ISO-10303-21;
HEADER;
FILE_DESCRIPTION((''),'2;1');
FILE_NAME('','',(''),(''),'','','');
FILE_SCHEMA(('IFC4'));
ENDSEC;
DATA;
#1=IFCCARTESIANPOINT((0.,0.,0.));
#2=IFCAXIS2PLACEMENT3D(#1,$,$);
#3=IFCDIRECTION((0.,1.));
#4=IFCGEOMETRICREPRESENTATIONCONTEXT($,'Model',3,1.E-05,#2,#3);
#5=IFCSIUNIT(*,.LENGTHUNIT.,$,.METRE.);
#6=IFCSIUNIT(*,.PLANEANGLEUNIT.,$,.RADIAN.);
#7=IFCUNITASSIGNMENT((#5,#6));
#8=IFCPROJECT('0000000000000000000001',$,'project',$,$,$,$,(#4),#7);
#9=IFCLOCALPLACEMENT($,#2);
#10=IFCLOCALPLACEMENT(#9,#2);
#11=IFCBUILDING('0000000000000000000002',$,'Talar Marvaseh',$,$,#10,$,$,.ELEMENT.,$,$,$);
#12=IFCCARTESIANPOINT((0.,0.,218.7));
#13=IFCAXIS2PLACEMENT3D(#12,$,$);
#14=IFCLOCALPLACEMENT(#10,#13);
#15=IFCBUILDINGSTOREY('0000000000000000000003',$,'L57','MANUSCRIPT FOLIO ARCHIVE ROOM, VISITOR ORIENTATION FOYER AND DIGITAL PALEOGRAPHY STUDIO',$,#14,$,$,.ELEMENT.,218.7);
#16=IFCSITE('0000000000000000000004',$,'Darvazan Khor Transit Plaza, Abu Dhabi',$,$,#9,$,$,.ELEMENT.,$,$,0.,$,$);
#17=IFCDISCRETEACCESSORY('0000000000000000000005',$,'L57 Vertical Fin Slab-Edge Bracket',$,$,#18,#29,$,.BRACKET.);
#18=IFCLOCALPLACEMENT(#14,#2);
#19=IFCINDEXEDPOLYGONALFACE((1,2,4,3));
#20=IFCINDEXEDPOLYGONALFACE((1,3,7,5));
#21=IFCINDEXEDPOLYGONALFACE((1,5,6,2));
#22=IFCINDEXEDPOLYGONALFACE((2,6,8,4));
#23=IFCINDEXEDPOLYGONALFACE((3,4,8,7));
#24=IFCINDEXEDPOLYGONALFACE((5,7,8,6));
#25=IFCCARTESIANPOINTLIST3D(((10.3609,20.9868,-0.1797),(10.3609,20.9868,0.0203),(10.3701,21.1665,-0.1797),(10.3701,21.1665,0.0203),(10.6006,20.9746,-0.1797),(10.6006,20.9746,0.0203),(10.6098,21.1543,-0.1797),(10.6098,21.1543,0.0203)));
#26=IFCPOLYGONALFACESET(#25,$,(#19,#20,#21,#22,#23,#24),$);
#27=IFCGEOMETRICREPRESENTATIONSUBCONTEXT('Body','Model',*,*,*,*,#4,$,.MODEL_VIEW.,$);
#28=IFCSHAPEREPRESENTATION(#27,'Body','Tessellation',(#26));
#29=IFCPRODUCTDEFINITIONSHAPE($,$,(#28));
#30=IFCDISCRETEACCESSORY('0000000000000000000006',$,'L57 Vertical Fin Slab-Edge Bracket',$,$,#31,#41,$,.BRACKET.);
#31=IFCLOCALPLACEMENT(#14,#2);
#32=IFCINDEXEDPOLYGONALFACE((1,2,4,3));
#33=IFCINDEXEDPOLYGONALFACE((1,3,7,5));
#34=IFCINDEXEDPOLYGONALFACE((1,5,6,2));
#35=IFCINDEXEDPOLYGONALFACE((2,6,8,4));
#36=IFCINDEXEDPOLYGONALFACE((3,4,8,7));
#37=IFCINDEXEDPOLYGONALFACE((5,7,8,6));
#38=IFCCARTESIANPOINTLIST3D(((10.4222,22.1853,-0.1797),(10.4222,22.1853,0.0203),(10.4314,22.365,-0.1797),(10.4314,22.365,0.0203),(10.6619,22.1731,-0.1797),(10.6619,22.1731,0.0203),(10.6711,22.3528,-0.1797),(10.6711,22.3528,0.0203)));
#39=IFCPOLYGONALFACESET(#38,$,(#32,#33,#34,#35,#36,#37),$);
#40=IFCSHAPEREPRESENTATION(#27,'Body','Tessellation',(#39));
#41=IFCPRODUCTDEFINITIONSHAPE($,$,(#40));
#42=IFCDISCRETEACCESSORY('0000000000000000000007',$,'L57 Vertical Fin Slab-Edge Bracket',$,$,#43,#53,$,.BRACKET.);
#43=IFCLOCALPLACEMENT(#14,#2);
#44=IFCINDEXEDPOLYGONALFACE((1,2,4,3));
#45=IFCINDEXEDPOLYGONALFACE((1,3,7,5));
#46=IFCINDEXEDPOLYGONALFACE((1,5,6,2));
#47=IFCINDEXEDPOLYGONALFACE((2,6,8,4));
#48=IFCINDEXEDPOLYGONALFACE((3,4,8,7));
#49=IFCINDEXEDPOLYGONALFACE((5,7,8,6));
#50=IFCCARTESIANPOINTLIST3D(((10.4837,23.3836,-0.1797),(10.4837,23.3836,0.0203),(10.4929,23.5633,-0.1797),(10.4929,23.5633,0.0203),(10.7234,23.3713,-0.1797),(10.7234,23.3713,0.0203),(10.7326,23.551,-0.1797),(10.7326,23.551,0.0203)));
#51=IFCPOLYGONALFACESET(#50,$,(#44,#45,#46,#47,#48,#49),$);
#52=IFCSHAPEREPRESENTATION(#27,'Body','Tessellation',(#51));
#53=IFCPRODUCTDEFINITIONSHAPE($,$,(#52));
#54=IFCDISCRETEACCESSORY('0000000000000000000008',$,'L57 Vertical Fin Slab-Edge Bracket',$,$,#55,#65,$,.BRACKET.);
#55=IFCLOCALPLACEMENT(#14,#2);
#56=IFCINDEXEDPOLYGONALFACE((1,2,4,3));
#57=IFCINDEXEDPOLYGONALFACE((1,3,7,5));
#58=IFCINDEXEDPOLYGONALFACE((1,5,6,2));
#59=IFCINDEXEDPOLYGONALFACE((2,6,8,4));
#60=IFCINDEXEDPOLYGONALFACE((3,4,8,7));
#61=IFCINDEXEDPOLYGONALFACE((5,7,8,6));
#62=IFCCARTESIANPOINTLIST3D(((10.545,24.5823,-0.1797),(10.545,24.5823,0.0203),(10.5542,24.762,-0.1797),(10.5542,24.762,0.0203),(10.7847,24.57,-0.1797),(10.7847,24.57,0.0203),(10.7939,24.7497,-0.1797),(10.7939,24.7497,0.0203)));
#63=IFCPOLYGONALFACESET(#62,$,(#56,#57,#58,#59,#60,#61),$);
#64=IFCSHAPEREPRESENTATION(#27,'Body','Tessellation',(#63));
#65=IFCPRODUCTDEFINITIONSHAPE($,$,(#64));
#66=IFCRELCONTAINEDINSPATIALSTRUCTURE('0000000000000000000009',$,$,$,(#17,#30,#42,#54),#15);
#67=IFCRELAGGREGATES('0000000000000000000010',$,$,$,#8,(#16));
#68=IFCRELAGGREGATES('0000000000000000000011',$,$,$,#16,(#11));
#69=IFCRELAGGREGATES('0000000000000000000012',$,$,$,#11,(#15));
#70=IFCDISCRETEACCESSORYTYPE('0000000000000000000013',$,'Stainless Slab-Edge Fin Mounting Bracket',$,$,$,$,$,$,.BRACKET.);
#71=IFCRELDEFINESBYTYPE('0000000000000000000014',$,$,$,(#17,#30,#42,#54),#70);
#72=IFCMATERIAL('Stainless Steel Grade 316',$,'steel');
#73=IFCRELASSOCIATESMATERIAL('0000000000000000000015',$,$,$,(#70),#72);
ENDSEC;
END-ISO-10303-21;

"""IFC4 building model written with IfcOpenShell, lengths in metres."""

from ifc_helpers import new_model, si_unit, direction, frame, origin, origin_2d, place, context, subcontext, project, spatial, rectangle, extrude, source, transform, mapped, material, type_object, type_shapes, element, save


model = new_model("IFC4")

# Units and contexts
model_context = context("Model", 3, precision=1e-05, world=origin(), true_north=direction((0.0, 1.0)))
body_context = subcontext(model_context, "Body", "Model", "MODEL_VIEW")
ifc_project = project(units=[si_unit("LENGTHUNIT", "METRE"), si_unit("PLANEANGLEUNIT", "RADIAN")], contexts=[model_context])

# Site, building, storey
site_placement = place(None, origin())
site = spatial("IfcSite", under=ifc_project, at=site_placement, Name="Darvazan Khor Transit Plaza, Abu Dhabi", CompositionType="ELEMENT", RefElevation=0.0)
building_placement = place(site_placement, origin())
building = spatial("IfcBuilding", under=site, at=building_placement, Name="Talar Marvaseh", CompositionType="ELEMENT")
storey_placement = place(building_placement, frame((0.0, 0.0, 218.7)))
storey = spatial("IfcBuildingStorey", under=building, at=storey_placement, Name="L57", Description="MANUSCRIPT FOLIO ARCHIVE ROOM, VISITOR ORIENTATION FOYER AND DIGITAL PALEOGRAPHY STUDIO", CompositionType="ELEMENT", Elevation=218.7)

# Discrete accessories
ifc_material_1 = material(Name="Stainless Steel Grade 316", Category="steel")
discrete_accessory_type = type_object("IfcDiscreteAccessoryType", Name="Stainless Slab-Edge Fin Mounting Bracket", PredefinedType="BRACKET", material=ifc_material_1)
shared_shape_1 = source(origin(), body_context, "Body", "SweptSolid", [
    extrude(rectangle(XDim=0.24, YDim=0.1799, at=origin_2d()), origin(), (0.0, 0.0, 1.0), 0.2),
])
type_shapes(discrete_accessory_type, [shared_shape_1])
for number, where, z_axis, x_axis, name in (
    (1, (10.4854, 21.0706, -0.1797), (0.0, 0.0, 1.0), (-0.998693, 0.051116, 0.0), "L57 Vertical Fin Slab-Edge Bracket"),
    (2, (10.5466, 22.269, -0.1797), (0.0, 0.0, 1.0), (-0.998693, 0.051116, 0.0), "L57 Vertical Fin Slab-Edge Bracket"),
    (3, (10.6082, 23.4673, -0.1797), (0.0, 0.0, 1.0), (-0.998693, 0.051116, 0.0), "L57 Vertical Fin Slab-Edge Bracket"),
    (4, (10.6694, 24.666, -0.1797), (0.0, 0.0, 1.0), (-0.998693, 0.051116, 0.0), "L57 Vertical Fin Slab-Edge Bracket"),
):
    element("IfcDiscreteAccessory", number, at=place(storey_placement, frame(where, z_axis=z_axis, x_axis=x_axis)), inside=storey, type_object=discrete_accessory_type, Name=name, PredefinedType="BRACKET", context=body_context, shape_type="MappedRepresentation", body=[
        mapped(shared_shape_1, transform((0.0, 0.0, 0.0), x_axis=(1.0, 0.0, 0.0), y_axis=(0.0, 1.0, 0.0), z_axis=(0.0, 0.0, 1.0), scale=1.0)),
    ])

save(model, "model.ifc")
